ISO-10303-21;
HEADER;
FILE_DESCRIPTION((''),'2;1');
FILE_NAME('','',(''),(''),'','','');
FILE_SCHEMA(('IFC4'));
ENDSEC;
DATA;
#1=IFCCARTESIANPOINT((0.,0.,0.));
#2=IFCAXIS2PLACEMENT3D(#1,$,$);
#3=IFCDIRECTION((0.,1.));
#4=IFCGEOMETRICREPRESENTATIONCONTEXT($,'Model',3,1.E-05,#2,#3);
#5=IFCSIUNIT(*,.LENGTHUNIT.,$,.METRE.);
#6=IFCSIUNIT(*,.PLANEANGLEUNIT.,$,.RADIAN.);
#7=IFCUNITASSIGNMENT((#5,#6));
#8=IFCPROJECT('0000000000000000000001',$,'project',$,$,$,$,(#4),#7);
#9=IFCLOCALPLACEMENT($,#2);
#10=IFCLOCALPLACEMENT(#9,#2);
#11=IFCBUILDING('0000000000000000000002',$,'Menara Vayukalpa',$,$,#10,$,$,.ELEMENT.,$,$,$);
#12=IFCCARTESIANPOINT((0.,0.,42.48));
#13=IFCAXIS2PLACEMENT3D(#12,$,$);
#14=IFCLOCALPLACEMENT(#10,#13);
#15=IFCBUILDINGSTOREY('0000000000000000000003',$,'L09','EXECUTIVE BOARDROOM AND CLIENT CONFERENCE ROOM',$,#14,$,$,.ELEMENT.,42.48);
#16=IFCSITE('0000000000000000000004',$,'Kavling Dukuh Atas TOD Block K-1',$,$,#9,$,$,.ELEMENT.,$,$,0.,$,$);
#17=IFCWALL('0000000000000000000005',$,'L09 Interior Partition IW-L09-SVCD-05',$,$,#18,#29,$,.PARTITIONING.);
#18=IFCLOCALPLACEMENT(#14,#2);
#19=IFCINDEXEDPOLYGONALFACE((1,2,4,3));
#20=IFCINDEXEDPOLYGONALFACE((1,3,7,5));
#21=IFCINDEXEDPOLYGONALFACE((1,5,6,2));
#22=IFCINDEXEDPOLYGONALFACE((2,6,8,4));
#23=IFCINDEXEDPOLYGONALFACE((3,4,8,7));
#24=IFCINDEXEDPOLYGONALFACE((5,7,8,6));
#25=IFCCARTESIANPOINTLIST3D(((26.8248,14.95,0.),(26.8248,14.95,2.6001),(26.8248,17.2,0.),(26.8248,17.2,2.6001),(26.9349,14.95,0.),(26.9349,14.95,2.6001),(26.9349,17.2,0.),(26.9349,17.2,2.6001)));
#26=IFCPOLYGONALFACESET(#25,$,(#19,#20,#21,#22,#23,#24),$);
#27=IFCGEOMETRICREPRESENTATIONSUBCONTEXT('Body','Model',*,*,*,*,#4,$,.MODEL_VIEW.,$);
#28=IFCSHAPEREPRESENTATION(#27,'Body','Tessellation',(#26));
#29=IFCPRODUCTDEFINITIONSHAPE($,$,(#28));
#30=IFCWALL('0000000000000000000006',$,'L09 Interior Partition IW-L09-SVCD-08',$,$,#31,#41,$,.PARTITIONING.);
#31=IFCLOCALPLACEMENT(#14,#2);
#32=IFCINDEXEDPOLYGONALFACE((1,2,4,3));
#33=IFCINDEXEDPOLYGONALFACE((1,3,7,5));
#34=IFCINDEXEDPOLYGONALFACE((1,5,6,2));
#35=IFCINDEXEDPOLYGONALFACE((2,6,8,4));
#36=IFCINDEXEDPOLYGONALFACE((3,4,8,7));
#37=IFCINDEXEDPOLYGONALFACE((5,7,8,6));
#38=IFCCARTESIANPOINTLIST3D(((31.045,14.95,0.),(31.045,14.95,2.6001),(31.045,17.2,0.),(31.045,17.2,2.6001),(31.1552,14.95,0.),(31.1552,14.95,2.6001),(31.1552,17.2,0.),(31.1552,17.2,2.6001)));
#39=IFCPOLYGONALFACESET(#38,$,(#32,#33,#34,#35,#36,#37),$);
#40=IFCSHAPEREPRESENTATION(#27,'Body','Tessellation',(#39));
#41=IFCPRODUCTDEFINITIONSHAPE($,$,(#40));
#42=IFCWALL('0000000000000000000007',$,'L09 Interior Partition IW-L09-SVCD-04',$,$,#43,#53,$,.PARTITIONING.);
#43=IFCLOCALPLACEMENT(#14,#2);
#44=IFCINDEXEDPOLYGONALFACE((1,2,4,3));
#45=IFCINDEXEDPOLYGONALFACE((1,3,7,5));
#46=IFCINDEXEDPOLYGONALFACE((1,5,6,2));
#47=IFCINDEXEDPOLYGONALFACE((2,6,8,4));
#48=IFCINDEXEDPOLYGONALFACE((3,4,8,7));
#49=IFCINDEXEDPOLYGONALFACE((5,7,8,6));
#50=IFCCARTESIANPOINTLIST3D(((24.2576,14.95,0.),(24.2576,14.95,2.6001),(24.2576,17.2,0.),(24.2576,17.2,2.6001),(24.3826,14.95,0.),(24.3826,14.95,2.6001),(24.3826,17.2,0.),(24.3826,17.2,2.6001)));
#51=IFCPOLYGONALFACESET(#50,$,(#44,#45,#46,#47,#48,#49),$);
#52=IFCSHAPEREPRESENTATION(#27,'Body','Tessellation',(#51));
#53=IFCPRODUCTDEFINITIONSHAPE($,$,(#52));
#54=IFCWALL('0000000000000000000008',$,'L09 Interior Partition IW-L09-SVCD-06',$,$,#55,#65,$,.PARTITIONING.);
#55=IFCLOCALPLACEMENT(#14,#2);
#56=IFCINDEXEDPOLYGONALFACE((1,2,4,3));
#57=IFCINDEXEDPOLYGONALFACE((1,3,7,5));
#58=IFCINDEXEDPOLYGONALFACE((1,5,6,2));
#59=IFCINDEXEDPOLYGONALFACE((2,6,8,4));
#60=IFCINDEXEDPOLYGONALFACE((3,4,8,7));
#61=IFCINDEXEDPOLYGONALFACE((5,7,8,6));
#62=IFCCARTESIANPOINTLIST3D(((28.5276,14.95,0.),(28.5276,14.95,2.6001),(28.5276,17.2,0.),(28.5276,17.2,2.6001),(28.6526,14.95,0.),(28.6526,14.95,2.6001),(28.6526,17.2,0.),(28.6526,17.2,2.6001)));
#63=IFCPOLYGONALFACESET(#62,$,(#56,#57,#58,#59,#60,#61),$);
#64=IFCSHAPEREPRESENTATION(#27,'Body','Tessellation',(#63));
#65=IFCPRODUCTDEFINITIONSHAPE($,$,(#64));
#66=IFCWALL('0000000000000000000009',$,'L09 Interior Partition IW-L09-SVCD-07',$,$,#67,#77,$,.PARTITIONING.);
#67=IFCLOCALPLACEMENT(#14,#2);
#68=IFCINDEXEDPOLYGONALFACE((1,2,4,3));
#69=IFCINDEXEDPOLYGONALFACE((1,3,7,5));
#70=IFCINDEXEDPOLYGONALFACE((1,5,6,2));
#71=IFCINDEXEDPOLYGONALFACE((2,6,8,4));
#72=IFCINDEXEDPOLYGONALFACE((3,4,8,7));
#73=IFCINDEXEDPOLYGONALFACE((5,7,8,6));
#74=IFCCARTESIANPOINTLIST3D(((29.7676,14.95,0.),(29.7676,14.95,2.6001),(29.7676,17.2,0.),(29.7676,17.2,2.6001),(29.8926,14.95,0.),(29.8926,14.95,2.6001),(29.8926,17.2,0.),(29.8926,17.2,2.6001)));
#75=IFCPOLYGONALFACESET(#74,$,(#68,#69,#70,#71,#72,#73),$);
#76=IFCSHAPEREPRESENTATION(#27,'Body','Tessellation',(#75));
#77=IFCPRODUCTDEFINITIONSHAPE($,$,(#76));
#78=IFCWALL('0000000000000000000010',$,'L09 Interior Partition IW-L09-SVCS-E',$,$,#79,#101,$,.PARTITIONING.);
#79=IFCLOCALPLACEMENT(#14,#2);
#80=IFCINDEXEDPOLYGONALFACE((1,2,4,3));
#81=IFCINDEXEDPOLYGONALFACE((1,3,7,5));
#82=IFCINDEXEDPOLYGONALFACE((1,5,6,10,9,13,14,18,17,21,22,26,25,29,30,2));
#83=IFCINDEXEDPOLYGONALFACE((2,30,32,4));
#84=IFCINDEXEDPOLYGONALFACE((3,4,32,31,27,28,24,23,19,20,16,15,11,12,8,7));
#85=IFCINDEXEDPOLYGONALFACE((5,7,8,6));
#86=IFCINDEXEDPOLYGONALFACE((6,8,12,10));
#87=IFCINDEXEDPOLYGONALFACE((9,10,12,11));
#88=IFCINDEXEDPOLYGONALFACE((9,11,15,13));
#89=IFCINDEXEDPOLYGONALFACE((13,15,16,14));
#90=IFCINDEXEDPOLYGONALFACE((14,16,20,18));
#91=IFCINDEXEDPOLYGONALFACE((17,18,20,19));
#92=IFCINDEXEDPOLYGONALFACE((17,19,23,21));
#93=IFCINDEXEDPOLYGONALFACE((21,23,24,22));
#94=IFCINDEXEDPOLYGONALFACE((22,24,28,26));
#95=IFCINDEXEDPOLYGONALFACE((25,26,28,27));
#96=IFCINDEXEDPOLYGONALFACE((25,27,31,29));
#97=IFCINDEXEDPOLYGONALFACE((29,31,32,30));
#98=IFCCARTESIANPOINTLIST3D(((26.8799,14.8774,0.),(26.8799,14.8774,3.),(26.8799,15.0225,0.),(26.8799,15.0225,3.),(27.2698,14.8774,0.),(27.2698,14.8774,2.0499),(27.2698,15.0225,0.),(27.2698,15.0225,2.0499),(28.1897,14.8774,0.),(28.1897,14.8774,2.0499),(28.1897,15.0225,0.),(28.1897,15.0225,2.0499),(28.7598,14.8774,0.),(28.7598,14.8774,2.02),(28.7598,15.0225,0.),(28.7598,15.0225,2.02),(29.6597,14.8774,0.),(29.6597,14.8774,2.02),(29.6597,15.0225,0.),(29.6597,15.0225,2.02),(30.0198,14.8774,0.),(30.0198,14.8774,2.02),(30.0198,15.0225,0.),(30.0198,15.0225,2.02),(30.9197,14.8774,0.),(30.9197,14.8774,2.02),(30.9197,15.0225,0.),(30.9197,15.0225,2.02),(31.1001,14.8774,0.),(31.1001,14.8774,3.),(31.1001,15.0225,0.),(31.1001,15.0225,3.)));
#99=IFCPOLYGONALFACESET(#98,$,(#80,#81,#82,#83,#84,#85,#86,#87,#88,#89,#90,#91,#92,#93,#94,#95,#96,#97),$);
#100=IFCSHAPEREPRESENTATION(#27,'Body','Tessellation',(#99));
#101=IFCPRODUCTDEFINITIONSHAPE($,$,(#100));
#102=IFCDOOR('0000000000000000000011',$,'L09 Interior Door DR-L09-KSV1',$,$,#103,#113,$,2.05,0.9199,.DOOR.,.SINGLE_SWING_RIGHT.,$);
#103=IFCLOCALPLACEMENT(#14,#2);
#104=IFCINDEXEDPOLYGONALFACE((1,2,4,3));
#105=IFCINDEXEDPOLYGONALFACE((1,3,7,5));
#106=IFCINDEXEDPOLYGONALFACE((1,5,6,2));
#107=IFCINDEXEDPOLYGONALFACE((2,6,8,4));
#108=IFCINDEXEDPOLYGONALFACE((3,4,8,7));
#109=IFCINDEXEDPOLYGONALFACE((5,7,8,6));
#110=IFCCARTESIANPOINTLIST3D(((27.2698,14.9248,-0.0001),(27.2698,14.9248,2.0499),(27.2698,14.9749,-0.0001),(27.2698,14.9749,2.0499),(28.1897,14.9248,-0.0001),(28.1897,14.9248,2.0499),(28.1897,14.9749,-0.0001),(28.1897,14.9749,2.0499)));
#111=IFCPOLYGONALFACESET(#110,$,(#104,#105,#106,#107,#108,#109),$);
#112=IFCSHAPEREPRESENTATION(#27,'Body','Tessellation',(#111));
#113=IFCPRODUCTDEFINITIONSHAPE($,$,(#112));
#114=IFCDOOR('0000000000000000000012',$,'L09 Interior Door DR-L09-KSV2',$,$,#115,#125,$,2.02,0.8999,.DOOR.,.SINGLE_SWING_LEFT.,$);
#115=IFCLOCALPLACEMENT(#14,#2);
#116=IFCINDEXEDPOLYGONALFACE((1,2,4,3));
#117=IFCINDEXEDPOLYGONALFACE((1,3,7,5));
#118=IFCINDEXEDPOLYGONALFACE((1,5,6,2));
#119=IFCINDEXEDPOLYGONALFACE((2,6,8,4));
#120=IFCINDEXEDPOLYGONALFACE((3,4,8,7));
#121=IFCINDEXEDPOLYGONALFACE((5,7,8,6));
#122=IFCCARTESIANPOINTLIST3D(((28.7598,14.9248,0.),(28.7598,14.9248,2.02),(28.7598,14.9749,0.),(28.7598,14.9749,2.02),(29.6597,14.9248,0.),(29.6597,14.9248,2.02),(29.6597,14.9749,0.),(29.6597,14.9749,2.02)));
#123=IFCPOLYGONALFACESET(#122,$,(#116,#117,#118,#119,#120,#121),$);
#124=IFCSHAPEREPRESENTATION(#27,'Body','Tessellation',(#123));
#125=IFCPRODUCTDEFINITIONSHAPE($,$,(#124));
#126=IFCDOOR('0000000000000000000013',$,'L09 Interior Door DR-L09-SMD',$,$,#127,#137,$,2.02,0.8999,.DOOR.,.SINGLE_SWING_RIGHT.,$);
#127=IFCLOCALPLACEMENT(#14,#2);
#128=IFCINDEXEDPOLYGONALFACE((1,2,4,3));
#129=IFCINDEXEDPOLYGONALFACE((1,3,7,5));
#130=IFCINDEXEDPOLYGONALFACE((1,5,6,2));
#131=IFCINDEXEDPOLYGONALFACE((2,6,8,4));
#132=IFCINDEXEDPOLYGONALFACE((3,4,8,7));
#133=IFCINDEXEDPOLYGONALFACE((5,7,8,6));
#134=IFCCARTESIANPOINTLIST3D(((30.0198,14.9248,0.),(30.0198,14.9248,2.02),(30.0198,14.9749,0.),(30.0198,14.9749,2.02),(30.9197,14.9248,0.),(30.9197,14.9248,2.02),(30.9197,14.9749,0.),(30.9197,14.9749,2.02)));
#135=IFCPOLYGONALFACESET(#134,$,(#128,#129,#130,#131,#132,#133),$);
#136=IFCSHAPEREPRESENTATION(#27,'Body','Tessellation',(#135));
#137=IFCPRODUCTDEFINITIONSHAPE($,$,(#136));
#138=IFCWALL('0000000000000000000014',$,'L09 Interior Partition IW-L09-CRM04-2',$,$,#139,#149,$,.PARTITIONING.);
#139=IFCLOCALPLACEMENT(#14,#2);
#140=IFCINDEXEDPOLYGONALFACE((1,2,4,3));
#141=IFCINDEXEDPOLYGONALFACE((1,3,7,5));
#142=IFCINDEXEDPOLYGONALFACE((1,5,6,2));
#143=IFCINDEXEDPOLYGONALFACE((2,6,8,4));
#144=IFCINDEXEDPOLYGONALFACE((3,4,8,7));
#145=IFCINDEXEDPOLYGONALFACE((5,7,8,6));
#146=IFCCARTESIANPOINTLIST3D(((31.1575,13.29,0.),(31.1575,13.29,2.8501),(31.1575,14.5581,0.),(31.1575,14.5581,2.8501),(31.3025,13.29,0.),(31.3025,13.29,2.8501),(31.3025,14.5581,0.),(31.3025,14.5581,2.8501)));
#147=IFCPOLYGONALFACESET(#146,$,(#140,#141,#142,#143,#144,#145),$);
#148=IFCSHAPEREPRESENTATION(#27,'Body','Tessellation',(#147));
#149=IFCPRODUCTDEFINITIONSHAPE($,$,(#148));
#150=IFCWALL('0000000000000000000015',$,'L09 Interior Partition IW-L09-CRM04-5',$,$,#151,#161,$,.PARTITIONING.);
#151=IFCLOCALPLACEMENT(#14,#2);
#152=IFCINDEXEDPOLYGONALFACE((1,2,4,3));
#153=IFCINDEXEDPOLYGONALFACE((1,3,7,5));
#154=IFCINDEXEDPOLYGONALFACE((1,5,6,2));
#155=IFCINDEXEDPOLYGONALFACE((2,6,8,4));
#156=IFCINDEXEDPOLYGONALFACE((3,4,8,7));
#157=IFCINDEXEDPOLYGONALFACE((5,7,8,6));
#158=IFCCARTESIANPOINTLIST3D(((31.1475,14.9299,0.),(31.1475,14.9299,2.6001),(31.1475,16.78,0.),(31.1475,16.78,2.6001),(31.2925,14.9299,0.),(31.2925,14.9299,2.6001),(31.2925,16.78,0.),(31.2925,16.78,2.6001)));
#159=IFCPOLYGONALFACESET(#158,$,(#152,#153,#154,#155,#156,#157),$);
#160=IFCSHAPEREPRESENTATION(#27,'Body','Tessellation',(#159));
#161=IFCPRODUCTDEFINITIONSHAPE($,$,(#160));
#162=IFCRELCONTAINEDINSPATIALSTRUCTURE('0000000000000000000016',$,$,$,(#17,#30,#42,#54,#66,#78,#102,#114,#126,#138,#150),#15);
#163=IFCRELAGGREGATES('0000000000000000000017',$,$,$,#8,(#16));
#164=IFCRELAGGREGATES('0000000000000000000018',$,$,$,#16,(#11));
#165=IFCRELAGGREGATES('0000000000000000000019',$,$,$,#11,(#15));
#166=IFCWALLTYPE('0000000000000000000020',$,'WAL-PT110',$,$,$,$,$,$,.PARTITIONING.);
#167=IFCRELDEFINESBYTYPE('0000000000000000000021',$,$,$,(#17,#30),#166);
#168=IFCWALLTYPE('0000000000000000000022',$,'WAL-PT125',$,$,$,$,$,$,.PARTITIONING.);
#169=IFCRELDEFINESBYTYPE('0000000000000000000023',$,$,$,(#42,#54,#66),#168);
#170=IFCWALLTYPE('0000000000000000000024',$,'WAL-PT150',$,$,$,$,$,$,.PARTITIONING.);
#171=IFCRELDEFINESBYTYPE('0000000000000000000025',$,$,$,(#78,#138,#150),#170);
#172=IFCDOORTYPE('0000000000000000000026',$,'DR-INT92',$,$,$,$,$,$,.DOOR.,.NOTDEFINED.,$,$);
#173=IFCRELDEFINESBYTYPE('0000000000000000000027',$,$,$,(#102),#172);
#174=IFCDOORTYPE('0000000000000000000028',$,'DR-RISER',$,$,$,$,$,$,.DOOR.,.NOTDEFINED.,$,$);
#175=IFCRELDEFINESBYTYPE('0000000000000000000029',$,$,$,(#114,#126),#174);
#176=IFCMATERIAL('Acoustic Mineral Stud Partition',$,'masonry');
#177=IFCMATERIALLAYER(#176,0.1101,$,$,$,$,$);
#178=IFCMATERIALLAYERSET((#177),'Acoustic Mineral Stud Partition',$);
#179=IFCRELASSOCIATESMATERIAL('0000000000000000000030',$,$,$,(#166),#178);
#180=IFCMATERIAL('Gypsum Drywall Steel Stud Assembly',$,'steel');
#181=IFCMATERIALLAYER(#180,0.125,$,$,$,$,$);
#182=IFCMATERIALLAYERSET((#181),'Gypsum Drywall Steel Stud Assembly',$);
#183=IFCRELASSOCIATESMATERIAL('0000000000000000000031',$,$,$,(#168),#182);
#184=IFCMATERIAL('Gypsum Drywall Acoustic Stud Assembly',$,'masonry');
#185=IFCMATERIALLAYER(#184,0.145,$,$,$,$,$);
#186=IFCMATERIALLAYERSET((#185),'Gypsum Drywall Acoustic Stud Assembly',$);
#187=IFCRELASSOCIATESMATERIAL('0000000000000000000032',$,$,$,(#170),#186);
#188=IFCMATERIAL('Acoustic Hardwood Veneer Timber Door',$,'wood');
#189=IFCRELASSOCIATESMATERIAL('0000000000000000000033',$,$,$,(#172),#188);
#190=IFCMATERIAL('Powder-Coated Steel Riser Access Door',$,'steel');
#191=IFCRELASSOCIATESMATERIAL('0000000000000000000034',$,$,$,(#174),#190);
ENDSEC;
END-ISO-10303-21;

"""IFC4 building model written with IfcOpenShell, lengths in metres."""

from ifc_helpers import new_model, si_unit, direction, frame, frame_2d, origin, place, context, subcontext, project, spatial, rectangle, extrude, material, layer, layer_set, type_object, element, fill, save


model = new_model("IFC4")

# Units and contexts
model_context = context("Model", 3, precision=1e-05, world=origin(), true_north=direction((0.0, 1.0)))
body_context = subcontext(model_context, "Body", "Model", "MODEL_VIEW")
ifc_project = project(units=[si_unit("LENGTHUNIT", "METRE"), si_unit("PLANEANGLEUNIT", "RADIAN")], contexts=[model_context])

# Site, building, storey
site_placement = place(None, origin())
site = spatial("IfcSite", under=ifc_project, at=site_placement, Name="Kavling Dukuh Atas TOD Block K-1", CompositionType="ELEMENT", RefElevation=0.0)
building_placement = place(site_placement, origin())
building = spatial("IfcBuilding", under=site, at=building_placement, Name="Menara Vayukalpa", CompositionType="ELEMENT")
storey_placement = place(building_placement, frame((0.0, 0.0, 42.48)))
storey = spatial("IfcBuildingStorey", under=building, at=storey_placement, Name="L09", Description="EXECUTIVE BOARDROOM AND CLIENT CONFERENCE ROOM", CompositionType="ELEMENT", Elevation=42.48)

# Walls
ifc_material_1 = material(Name="Acoustic Mineral Stud Partition", Category="masonry")
ifc_layer_1 = layer(ifc_material_1, 0.1101)
ifc_layer_set_1 = layer_set([ifc_layer_1], Name="Acoustic Mineral Stud Partition")
wall_type_1 = type_object("IfcWallType", Name="WAL-PT110", PredefinedType="PARTITIONING", material=ifc_layer_set_1)
for number, where, z_axis, x_axis, name in (
    (1, (26.8799, 14.95, 0.0), (0.0, 0.0, 1.0), (0.0, 1.0, 0.0), "L09 Interior Partition IW-L09-SVCD-05"),
    (2, (31.1001, 14.95, 0.0), (0.0, 0.0, 1.0), (0.0, 1.0, 0.0), "L09 Interior Partition IW-L09-SVCD-08"),
):
    element("IfcWall", number, at=place(storey_placement, frame(where, z_axis=z_axis, x_axis=x_axis)), inside=storey, type_object=wall_type_1, Name=name, PredefinedType="PARTITIONING", context=body_context, shape_type="SweptSolid", body=[
        extrude(rectangle(XDim=2.25, YDim=0.1101, at=frame_2d((1.125, 0.0))), origin(), (0.0, 0.0, 1.0), 2.6001),
    ])
ifc_material_2 = material(Name="Gypsum Drywall Steel Stud Assembly", Category="steel")
ifc_layer_2 = layer(ifc_material_2, 0.125)
ifc_layer_set_2 = layer_set([ifc_layer_2], Name="Gypsum Drywall Steel Stud Assembly")
wall_type_2 = type_object("IfcWallType", Name="WAL-PT125", PredefinedType="PARTITIONING", material=ifc_layer_set_2)
for number, where, z_axis, x_axis, name in (
    (3, (24.3201, 14.95, 0.0), (0.0, 0.0, 1.0), (0.0, 1.0, 0.0), "L09 Interior Partition IW-L09-SVCD-04"),
    (4, (28.5901, 14.95, 0.0), (0.0, 0.0, 1.0), (0.0, 1.0, 0.0), "L09 Interior Partition IW-L09-SVCD-06"),
    (5, (29.8301, 14.95, 0.0), (0.0, 0.0, 1.0), (0.0, 1.0, 0.0), "L09 Interior Partition IW-L09-SVCD-07"),
):
    element("IfcWall", number, at=place(storey_placement, frame(where, z_axis=z_axis, x_axis=x_axis)), inside=storey, type_object=wall_type_2, Name=name, PredefinedType="PARTITIONING", context=body_context, shape_type="SweptSolid", body=[
        extrude(rectangle(XDim=2.25, YDim=0.125, at=frame_2d((1.125, 0.0))), origin(), (0.0, 0.0, 1.0), 2.6001),
    ])

# Wall, openings, doors
ifc_material_3 = material(Name="Gypsum Drywall Acoustic Stud Assembly", Category="masonry")
ifc_layer_3 = layer(ifc_material_3, 0.145)
ifc_layer_set_3 = layer_set([ifc_layer_3], Name="Gypsum Drywall Acoustic Stud Assembly")
wall_type_3 = type_object("IfcWallType", Name="WAL-PT150", PredefinedType="PARTITIONING", material=ifc_layer_set_3)
wall_1_placement = place(storey_placement, frame((26.8799, 14.95, 0.0), z_axis=(0.0, 0.0, 1.0), x_axis=(1.0, 0.0, 0.0)))
wall_1 = element("IfcWall", 6, at=wall_1_placement, inside=storey, type_object=wall_type_3, Name="L09 Interior Partition IW-L09-SVCS-E", PredefinedType="PARTITIONING", context=body_context, shape_type="SweptSolid", body=[
    extrude(rectangle(XDim=4.2202, YDim=0.145, at=frame_2d((2.1101, 0.0))), origin(), (0.0, 0.0, 1.0), 3.0),
])
opening_1_placement = place(wall_1_placement, frame((0.3899, 0.0, 0.0)))
opening_1 = element("IfcOpeningElement", 7, at=opening_1_placement, cuts=wall_1, PredefinedType="OPENING", context=body_context, shape_type="SweptSolid", body=[
    extrude(rectangle(XDim=0.9199, YDim=2.05, at=frame_2d((0.46, 1.0249))), frame((0.0, 0.0825, 0.0), z_axis=(0.0, -1.0, 0.0), x_axis=(1.0, 0.0, 0.0)), (0.0, 0.0, 1.0), 0.165),
])
opening_2_placement = place(wall_1_placement, frame((1.8799, 0.0, 0.0)))
opening_2 = element("IfcOpeningElement", 8, at=opening_2_placement, cuts=wall_1, PredefinedType="OPENING", context=body_context, shape_type="SweptSolid", body=[
    extrude(rectangle(XDim=0.8999, YDim=2.02, at=frame_2d((0.45, 1.01))), frame((0.0, 0.0825, 0.0), z_axis=(0.0, -1.0, 0.0), x_axis=(1.0, 0.0, 0.0)), (0.0, 0.0, 1.0), 0.165),
])
opening_3_placement = place(wall_1_placement, frame((3.1399, 0.0, 0.0)))
opening_3 = element("IfcOpeningElement", 9, at=opening_3_placement, cuts=wall_1, PredefinedType="OPENING", context=body_context, shape_type="SweptSolid", body=[
    extrude(rectangle(XDim=0.8999, YDim=2.02, at=frame_2d((0.45, 1.01))), frame((0.0, 0.0825, 0.0), z_axis=(0.0, -1.0, 0.0), x_axis=(1.0, 0.0, 0.0)), (0.0, 0.0, 1.0), 0.165),
])
ifc_material_4 = material(Name="Acoustic Hardwood Veneer Timber Door", Category="wood")
door_type_1 = type_object("IfcDoorType", Name="DR-INT92", OperationType="NOTDEFINED", PredefinedType="DOOR", material=ifc_material_4)
door_1_placement = place(opening_1_placement, origin())
door_1 = element("IfcDoor", 10, at=door_1_placement, inside=storey, type_object=door_type_1, Name="L09 Interior Door DR-L09-KSV1", OperationType="SINGLE_SWING_RIGHT", OverallHeight=2.05, OverallWidth=0.9199, PredefinedType="DOOR", context=body_context, shape_type="SweptSolid", body=[
    extrude(rectangle(XDim=0.9199, YDim=2.05, at=frame_2d((0.46, 1.0249))), frame((0.0, 0.0249, 0.0), z_axis=(0.0, -1.0, 0.0), x_axis=(1.0, 0.0, 0.0)), (0.0, 0.0, 1.0), 0.05),
])
fill(opening_1, door_1)
ifc_material_5 = material(Name="Powder-Coated Steel Riser Access Door", Category="steel")
door_type_2 = type_object("IfcDoorType", Name="DR-RISER", OperationType="NOTDEFINED", PredefinedType="DOOR", material=ifc_material_5)
door_2_placement = place(opening_2_placement, origin())
door_2 = element("IfcDoor", 11, at=door_2_placement, inside=storey, type_object=door_type_2, Name="L09 Interior Door DR-L09-KSV2", OperationType="SINGLE_SWING_LEFT", OverallHeight=2.02, OverallWidth=0.8999, PredefinedType="DOOR", context=body_context, shape_type="SweptSolid", body=[
    extrude(rectangle(XDim=0.8999, YDim=2.02, at=frame_2d((0.45, 1.01))), frame((0.0, 0.0249, 0.0), z_axis=(0.0, -1.0, 0.0), x_axis=(1.0, 0.0, 0.0)), (0.0, 0.0, 1.0), 0.05),
])
fill(opening_2, door_2)
door_3_placement = place(opening_3_placement, origin())
door_3 = element("IfcDoor", 12, at=door_3_placement, inside=storey, type_object=door_type_2, Name="L09 Interior Door DR-L09-SMD", OperationType="SINGLE_SWING_RIGHT", OverallHeight=2.02, OverallWidth=0.8999, PredefinedType="DOOR", context=body_context, shape_type="SweptSolid", body=[
    extrude(rectangle(XDim=0.8999, YDim=2.02, at=frame_2d((0.45, 1.01))), frame((0.0, 0.0249, 0.0), z_axis=(0.0, -1.0, 0.0), x_axis=(1.0, 0.0, 0.0)), (0.0, 0.0, 1.0), 0.05),
])
fill(opening_3, door_3)

# Walls
wall_2_placement = place(storey_placement, frame((31.23, 13.29, 0.0), z_axis=(0.0, 0.0, 1.0), x_axis=(0.0, 1.0, 0.0)))
element("IfcWall", 13, at=wall_2_placement, inside=storey, type_object=wall_type_3, Name="L09 Interior Partition IW-L09-CRM04-2", PredefinedType="PARTITIONING", context=body_context, shape_type="SweptSolid", body=[
    extrude(rectangle(XDim=1.2681, YDim=0.145, at=frame_2d((0.634, 0.0))), origin(), (0.0, 0.0, 1.0), 2.8501),
])
wall_3_placement = place(storey_placement, frame((31.22, 14.9299, 0.0), z_axis=(0.0, 0.0, 1.0), x_axis=(0.0, 1.0, 0.0)))
element("IfcWall", 14, at=wall_3_placement, inside=storey, type_object=wall_type_3, Name="L09 Interior Partition IW-L09-CRM04-5", PredefinedType="PARTITIONING", context=body_context, shape_type="SweptSolid", body=[
    extrude(rectangle(XDim=1.8501, YDim=0.145, at=frame_2d((0.925, 0.0))), origin(), (0.0, 0.0, 1.0), 2.6001),
])

save(model, "model.ifc")
